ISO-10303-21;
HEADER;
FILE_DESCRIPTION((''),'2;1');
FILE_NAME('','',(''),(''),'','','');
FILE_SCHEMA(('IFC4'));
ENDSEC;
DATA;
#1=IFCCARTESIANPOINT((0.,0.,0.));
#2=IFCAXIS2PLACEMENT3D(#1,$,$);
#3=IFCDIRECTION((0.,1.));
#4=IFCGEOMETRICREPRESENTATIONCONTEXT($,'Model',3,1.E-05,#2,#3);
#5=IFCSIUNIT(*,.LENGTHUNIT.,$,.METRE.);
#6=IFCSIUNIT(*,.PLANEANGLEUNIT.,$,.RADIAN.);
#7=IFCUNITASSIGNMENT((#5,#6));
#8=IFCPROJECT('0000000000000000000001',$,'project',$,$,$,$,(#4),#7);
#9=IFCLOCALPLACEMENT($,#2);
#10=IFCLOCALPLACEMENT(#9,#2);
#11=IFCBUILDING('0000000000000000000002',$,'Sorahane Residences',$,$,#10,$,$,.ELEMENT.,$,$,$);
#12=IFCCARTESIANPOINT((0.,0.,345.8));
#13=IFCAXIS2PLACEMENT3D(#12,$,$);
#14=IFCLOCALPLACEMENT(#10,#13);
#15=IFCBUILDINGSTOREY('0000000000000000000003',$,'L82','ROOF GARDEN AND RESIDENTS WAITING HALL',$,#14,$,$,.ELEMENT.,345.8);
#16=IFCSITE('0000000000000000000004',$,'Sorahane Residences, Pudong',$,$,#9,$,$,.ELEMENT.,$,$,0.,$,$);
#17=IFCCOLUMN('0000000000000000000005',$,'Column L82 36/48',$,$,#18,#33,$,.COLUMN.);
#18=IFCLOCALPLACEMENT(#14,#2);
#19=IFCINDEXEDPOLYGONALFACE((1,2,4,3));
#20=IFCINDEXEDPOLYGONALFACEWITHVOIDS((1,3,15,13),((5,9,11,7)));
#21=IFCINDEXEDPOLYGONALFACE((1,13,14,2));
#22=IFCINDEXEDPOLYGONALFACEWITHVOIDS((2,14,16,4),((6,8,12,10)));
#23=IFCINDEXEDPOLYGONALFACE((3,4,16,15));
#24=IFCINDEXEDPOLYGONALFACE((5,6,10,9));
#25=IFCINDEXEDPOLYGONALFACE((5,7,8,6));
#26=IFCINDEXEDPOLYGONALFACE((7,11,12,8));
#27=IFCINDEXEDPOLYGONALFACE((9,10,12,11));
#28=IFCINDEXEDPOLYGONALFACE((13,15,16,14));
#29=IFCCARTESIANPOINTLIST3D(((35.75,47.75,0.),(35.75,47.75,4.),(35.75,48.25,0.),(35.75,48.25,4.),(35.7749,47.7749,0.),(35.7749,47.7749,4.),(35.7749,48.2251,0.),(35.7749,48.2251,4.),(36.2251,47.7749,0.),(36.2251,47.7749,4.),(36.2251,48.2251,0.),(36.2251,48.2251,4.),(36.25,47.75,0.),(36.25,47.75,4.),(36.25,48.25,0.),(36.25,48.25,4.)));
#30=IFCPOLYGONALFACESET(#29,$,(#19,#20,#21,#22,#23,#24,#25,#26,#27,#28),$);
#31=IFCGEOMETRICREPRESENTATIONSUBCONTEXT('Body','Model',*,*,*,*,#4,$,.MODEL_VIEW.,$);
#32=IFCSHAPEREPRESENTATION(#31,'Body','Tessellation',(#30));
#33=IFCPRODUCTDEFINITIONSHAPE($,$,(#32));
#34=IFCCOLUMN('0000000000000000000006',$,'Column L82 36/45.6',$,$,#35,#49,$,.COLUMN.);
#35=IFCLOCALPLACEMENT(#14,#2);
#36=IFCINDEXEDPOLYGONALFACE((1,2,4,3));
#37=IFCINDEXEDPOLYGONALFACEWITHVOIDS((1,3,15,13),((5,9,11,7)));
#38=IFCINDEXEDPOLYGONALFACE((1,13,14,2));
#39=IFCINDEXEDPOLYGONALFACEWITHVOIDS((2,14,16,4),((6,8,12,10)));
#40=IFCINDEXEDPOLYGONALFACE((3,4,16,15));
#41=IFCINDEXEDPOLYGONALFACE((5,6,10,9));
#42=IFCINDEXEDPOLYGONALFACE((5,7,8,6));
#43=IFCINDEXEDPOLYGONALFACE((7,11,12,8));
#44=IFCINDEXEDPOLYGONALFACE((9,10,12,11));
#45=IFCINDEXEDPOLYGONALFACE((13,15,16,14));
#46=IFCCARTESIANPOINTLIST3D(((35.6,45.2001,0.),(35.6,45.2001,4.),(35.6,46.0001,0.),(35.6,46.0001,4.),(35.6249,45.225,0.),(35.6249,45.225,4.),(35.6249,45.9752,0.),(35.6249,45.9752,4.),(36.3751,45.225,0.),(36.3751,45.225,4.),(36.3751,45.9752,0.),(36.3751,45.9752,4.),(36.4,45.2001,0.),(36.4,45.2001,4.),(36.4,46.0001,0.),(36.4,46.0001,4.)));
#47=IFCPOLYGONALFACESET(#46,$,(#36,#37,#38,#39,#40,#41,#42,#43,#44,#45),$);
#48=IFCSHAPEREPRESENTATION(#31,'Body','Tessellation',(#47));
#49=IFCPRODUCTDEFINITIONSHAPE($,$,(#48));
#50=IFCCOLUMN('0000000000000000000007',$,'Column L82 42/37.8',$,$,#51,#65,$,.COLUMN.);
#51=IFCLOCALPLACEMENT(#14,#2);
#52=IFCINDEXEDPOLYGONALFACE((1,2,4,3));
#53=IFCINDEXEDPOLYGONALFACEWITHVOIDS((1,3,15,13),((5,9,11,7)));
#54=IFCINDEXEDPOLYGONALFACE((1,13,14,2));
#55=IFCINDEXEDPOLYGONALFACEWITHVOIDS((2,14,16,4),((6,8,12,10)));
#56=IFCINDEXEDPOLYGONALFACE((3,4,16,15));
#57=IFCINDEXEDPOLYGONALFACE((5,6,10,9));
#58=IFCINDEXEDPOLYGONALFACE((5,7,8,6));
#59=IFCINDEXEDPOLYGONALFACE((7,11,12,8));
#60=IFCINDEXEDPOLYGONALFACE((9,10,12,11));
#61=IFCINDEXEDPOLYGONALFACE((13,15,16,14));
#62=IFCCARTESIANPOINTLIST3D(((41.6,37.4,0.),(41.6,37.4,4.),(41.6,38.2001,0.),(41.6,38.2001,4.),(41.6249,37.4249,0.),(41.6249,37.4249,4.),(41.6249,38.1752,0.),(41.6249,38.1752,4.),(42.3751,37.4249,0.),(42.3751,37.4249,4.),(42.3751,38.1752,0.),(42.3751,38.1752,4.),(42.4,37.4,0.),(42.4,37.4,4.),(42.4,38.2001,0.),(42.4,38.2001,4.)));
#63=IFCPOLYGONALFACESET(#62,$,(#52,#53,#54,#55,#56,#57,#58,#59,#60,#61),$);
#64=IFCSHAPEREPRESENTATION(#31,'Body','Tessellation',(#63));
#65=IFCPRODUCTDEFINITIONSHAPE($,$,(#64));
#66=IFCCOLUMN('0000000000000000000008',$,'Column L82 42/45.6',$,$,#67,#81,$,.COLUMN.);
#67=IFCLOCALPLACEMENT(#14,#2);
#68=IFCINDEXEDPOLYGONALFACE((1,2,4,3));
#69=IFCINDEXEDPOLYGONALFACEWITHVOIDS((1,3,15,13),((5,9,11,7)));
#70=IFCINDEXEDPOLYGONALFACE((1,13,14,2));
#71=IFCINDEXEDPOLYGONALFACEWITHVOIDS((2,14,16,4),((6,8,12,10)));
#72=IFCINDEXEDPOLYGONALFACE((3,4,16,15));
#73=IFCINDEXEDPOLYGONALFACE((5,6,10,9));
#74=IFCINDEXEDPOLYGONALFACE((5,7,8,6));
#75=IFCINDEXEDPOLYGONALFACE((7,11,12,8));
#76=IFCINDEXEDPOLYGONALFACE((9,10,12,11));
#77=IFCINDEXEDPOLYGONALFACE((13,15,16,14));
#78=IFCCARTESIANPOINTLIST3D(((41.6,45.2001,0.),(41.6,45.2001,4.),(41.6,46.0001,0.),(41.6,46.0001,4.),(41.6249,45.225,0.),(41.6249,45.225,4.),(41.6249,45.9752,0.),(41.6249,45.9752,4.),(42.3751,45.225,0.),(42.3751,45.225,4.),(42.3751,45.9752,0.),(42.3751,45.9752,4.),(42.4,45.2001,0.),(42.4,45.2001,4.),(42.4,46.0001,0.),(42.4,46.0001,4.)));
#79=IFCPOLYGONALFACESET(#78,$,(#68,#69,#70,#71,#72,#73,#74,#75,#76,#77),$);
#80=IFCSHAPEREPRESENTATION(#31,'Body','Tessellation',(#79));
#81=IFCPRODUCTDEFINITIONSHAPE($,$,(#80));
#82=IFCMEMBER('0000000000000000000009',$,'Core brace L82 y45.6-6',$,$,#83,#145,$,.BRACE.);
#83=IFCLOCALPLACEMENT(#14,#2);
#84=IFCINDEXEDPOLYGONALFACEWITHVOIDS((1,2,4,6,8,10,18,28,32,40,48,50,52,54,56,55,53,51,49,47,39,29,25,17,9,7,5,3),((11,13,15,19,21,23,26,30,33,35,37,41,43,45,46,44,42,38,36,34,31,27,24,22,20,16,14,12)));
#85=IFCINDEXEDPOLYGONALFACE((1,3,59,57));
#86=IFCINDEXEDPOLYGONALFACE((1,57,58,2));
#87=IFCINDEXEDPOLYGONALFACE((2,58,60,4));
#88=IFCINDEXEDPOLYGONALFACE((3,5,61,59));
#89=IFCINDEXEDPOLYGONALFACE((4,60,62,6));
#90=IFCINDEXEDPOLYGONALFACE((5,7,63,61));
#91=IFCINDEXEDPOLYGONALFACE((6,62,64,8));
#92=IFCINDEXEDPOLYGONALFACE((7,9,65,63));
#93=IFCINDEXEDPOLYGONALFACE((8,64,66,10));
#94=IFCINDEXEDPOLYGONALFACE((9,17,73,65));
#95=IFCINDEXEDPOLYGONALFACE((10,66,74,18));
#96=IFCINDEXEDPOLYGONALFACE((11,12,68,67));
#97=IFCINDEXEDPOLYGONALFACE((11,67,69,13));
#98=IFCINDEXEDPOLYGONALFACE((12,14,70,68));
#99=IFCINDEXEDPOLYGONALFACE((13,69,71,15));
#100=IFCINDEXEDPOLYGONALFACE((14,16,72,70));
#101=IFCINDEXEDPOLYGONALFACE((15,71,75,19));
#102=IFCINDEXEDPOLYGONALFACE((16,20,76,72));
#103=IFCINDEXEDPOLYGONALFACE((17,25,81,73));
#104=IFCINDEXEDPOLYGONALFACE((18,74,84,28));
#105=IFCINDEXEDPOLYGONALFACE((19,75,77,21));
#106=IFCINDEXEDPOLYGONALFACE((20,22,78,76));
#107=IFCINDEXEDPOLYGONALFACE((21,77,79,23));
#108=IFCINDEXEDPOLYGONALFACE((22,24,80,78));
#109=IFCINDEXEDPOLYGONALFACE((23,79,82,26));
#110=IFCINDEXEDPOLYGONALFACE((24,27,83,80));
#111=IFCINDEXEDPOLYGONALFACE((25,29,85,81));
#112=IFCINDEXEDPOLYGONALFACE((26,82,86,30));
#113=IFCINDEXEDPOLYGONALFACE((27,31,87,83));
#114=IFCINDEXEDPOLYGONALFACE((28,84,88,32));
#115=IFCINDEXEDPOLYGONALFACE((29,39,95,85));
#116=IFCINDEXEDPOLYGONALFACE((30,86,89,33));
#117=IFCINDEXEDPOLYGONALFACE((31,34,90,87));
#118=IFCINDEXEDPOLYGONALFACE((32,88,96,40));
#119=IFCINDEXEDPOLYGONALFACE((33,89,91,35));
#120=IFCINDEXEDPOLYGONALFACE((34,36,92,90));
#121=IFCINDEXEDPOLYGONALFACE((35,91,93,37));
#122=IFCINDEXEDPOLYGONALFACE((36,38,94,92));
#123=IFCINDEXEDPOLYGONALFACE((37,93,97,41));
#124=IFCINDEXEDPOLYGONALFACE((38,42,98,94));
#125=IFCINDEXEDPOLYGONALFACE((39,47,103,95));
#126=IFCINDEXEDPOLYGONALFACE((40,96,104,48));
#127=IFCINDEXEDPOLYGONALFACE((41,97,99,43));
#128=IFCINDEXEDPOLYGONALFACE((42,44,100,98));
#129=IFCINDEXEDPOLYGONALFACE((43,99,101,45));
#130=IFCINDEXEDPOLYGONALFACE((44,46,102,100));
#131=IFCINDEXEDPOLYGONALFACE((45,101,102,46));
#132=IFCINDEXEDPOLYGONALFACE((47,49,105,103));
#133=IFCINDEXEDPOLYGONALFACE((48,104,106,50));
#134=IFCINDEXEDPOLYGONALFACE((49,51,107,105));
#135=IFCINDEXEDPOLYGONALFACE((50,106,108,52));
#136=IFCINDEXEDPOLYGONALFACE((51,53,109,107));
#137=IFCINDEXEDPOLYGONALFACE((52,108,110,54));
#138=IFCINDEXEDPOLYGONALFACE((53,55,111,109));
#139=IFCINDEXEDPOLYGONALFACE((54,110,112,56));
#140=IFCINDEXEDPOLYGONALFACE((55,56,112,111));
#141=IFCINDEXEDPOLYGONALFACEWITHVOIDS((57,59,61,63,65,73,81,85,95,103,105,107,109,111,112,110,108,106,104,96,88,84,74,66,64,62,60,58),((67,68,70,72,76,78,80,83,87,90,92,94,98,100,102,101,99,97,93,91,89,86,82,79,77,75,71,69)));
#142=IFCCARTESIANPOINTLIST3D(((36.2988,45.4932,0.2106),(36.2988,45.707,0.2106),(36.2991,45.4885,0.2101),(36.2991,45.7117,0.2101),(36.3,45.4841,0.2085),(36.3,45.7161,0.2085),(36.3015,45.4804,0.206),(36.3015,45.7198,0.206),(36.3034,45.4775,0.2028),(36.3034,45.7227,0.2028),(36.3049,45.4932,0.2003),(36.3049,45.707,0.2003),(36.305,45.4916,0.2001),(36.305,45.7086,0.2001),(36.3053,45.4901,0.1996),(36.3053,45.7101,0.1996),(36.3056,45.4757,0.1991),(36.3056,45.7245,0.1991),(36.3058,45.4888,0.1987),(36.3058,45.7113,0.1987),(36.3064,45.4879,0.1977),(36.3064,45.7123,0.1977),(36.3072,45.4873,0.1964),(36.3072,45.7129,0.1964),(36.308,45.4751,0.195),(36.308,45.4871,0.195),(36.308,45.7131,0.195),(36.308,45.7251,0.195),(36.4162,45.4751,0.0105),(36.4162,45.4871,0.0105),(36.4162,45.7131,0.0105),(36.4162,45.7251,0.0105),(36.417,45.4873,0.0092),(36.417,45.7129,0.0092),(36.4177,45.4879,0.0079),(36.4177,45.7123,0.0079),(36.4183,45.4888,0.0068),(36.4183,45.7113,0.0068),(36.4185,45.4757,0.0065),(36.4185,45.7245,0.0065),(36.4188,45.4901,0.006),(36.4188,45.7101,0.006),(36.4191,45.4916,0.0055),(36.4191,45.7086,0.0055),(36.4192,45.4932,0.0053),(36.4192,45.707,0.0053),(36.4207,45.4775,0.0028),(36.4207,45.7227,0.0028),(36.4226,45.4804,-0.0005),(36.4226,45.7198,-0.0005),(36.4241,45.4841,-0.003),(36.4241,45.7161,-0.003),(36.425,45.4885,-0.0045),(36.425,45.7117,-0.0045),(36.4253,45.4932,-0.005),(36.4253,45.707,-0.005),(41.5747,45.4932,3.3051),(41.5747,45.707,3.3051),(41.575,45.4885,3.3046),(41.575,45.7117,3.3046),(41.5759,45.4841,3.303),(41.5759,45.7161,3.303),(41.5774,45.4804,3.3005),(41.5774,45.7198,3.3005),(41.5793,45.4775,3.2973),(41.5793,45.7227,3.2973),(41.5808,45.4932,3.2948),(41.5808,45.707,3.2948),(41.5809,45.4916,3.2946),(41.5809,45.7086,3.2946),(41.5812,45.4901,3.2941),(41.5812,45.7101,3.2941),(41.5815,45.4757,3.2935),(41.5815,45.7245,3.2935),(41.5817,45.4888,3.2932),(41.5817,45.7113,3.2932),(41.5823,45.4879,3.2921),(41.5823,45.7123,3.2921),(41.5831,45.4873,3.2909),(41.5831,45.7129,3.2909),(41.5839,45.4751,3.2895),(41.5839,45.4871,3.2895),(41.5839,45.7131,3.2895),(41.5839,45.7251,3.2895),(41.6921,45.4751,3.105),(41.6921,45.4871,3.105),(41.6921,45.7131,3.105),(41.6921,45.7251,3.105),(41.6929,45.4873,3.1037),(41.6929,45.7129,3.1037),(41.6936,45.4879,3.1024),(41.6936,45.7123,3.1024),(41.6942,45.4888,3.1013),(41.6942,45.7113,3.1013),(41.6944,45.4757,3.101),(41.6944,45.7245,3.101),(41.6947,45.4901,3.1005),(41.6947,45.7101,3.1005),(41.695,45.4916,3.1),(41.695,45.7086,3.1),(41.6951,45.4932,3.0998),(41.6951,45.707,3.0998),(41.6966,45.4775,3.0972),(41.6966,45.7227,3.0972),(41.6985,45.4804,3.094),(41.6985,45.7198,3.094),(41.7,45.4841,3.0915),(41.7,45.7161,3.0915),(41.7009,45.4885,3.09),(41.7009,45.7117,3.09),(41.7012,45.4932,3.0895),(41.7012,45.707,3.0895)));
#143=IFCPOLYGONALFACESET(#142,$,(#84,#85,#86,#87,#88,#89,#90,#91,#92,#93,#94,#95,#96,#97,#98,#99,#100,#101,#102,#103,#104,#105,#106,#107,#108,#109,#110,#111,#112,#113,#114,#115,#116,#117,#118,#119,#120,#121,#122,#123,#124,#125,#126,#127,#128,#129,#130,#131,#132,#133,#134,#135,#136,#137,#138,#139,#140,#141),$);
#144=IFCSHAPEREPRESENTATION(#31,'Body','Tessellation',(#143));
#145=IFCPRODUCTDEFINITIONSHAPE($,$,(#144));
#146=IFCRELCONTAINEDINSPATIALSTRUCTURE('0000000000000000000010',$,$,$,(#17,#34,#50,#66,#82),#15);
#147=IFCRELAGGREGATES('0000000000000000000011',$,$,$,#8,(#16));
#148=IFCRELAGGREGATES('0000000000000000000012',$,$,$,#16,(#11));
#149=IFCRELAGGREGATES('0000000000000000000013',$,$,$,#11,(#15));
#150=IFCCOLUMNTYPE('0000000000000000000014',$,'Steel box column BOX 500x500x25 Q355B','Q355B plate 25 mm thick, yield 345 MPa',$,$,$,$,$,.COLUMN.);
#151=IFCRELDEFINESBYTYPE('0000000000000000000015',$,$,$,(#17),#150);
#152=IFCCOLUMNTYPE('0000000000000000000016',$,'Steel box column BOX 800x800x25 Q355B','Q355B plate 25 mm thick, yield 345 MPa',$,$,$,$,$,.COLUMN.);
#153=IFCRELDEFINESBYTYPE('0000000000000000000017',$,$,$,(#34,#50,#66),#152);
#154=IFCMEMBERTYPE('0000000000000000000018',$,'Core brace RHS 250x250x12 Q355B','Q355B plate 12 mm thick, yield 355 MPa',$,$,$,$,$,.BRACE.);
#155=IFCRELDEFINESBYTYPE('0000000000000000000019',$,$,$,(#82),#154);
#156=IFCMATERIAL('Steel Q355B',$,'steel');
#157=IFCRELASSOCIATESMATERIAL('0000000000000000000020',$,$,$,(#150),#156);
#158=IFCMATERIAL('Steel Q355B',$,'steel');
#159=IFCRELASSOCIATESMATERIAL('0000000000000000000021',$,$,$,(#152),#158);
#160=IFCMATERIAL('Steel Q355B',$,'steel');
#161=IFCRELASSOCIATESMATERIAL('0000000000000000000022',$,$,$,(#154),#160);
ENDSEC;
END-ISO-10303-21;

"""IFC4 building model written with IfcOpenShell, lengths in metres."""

from ifc_helpers import new_model, si_unit, direction, frame, origin, origin_2d, place, context, subcontext, project, spatial, hollow_rectangle, extrude, material, material_profile, profile_set, type_object, element, save


model = new_model("IFC4")

# Units and contexts
model_context = context("Model", 3, precision=1e-05, world=origin(), true_north=direction((0.0, 1.0)))
body_context = subcontext(model_context, "Body", "Model", "MODEL_VIEW")
ifc_project = project(units=[si_unit("LENGTHUNIT", "METRE"), si_unit("PLANEANGLEUNIT", "RADIAN")], contexts=[model_context])

# Site, building, storey
site_placement = place(None, origin())
site = spatial("IfcSite", under=ifc_project, at=site_placement, Name="Sorahane Residences, Pudong", CompositionType="ELEMENT", RefElevation=0.0)
building_placement = place(site_placement, origin())
building = spatial("IfcBuilding", under=site, at=building_placement, Name="Sorahane Residences", CompositionType="ELEMENT")
storey_placement = place(building_placement, frame((0.0, 0.0, 345.8)))
storey = spatial("IfcBuildingStorey", under=building, at=storey_placement, Name="L82", Description="ROOF GARDEN AND RESIDENTS WAITING HALL", CompositionType="ELEMENT", Elevation=345.8)

# Columns
ifc_material_1 = material(Name="Steel Q355B", Category="steel")
ifc_material_profile_1 = material_profile(ifc_material_1, hollow_rectangle(XDim=0.5, YDim=0.5, WallThickness=0.0249, at=origin_2d()), Name="BOX 500x500x25")
ifc_profile_set_1 = profile_set([ifc_material_profile_1], Name="Steel Q355B")
column_type_1 = type_object("IfcColumnType", Name="Steel box column BOX 500x500x25 Q355B", Description="Q355B plate 25 mm thick, yield 345 MPa", PredefinedType="COLUMN", material=ifc_profile_set_1)
column_placement = place(storey_placement, frame((36.0, 48.0, 0.0), z_axis=(0.0, 0.0, 1.0), x_axis=(1.0, 0.0, 0.0)))
element("IfcColumn", 1, at=column_placement, inside=storey, type_object=column_type_1, Name="Column L82 36/48", PredefinedType="COLUMN", context=body_context, shape_type="SweptSolid", body=[
    extrude(hollow_rectangle(XDim=0.5, YDim=0.5, WallThickness=0.0249, at=origin_2d()), origin(), (0.0, 0.0, 1.0), 4.0),
])
ifc_material_2 = material(Name="Steel Q355B", Category="steel")
ifc_material_profile_2 = material_profile(ifc_material_2, hollow_rectangle(XDim=0.8, YDim=0.8, WallThickness=0.0249, at=origin_2d()), Name="BOX 800x800x25")
ifc_profile_set_2 = profile_set([ifc_material_profile_2], Name="Steel Q355B")
column_type_2 = type_object("IfcColumnType", Name="Steel box column BOX 800x800x25 Q355B", Description="Q355B plate 25 mm thick, yield 345 MPa", PredefinedType="COLUMN", material=ifc_profile_set_2)
for number, where, z_axis, x_axis, name in (
    (2, (36.0, 45.6001, 0.0), (0.0, 0.0, 1.0), (1.0, 0.0, 0.0), "Column L82 36/45.6"),
    (3, (42.0, 37.8, 0.0), (0.0, 0.0, 1.0), (1.0, 0.0, 0.0), "Column L82 42/37.8"),
    (4, (42.0, 45.6001, 0.0), (0.0, 0.0, 1.0), (1.0, 0.0, 0.0), "Column L82 42/45.6"),
):
    element("IfcColumn", number, at=place(storey_placement, frame(where, z_axis=z_axis, x_axis=x_axis)), inside=storey, type_object=column_type_2, Name=name, PredefinedType="COLUMN", context=body_context, shape_type="SweptSolid", body=[
        extrude(hollow_rectangle(XDim=0.8, YDim=0.8, WallThickness=0.0249, at=origin_2d()), origin(), (0.0, 0.0, 1.0), 4.0),
    ])

# Member
ifc_material_3 = material(Name="Steel Q355B", Category="steel")
ifc_material_profile_3 = material_profile(ifc_material_3, hollow_rectangle(XDim=0.25, YDim=0.25, WallThickness=0.012, InnerFilletRadius=0.0061, OuterFilletRadius=0.0181, at=origin_2d()), Name="RHS 250x250x12")
ifc_profile_set_3 = profile_set([ifc_material_profile_3], Name="Steel Q355B")
member_type_1 = type_object("IfcMemberType", Name="Core brace RHS 250x250x12 Q355B", Description="Q355B plate 12 mm thick, yield 355 MPa", PredefinedType="BRACE", material=ifc_profile_set_3)
member_1_placement = place(storey_placement, frame((36.3621, 45.6001, 0.1028), z_axis=(0.862575, 0.0, 0.505929), x_axis=(0.0, 1.0, 0.0)))
element("IfcMember", 5, at=member_1_placement, inside=storey, type_object=member_type_1, Name="Core brace L82 y45.6-6", PredefinedType="BRACE", context=body_context, shape_type="SweptSolid", body=[
    extrude(hollow_rectangle(XDim=0.25, YDim=0.25, WallThickness=0.012, InnerFilletRadius=0.0061, OuterFilletRadius=0.0181, at=origin_2d()), origin(), (0.0, 0.0, 1.0), 6.1165),
])

save(model, "model.ifc")
